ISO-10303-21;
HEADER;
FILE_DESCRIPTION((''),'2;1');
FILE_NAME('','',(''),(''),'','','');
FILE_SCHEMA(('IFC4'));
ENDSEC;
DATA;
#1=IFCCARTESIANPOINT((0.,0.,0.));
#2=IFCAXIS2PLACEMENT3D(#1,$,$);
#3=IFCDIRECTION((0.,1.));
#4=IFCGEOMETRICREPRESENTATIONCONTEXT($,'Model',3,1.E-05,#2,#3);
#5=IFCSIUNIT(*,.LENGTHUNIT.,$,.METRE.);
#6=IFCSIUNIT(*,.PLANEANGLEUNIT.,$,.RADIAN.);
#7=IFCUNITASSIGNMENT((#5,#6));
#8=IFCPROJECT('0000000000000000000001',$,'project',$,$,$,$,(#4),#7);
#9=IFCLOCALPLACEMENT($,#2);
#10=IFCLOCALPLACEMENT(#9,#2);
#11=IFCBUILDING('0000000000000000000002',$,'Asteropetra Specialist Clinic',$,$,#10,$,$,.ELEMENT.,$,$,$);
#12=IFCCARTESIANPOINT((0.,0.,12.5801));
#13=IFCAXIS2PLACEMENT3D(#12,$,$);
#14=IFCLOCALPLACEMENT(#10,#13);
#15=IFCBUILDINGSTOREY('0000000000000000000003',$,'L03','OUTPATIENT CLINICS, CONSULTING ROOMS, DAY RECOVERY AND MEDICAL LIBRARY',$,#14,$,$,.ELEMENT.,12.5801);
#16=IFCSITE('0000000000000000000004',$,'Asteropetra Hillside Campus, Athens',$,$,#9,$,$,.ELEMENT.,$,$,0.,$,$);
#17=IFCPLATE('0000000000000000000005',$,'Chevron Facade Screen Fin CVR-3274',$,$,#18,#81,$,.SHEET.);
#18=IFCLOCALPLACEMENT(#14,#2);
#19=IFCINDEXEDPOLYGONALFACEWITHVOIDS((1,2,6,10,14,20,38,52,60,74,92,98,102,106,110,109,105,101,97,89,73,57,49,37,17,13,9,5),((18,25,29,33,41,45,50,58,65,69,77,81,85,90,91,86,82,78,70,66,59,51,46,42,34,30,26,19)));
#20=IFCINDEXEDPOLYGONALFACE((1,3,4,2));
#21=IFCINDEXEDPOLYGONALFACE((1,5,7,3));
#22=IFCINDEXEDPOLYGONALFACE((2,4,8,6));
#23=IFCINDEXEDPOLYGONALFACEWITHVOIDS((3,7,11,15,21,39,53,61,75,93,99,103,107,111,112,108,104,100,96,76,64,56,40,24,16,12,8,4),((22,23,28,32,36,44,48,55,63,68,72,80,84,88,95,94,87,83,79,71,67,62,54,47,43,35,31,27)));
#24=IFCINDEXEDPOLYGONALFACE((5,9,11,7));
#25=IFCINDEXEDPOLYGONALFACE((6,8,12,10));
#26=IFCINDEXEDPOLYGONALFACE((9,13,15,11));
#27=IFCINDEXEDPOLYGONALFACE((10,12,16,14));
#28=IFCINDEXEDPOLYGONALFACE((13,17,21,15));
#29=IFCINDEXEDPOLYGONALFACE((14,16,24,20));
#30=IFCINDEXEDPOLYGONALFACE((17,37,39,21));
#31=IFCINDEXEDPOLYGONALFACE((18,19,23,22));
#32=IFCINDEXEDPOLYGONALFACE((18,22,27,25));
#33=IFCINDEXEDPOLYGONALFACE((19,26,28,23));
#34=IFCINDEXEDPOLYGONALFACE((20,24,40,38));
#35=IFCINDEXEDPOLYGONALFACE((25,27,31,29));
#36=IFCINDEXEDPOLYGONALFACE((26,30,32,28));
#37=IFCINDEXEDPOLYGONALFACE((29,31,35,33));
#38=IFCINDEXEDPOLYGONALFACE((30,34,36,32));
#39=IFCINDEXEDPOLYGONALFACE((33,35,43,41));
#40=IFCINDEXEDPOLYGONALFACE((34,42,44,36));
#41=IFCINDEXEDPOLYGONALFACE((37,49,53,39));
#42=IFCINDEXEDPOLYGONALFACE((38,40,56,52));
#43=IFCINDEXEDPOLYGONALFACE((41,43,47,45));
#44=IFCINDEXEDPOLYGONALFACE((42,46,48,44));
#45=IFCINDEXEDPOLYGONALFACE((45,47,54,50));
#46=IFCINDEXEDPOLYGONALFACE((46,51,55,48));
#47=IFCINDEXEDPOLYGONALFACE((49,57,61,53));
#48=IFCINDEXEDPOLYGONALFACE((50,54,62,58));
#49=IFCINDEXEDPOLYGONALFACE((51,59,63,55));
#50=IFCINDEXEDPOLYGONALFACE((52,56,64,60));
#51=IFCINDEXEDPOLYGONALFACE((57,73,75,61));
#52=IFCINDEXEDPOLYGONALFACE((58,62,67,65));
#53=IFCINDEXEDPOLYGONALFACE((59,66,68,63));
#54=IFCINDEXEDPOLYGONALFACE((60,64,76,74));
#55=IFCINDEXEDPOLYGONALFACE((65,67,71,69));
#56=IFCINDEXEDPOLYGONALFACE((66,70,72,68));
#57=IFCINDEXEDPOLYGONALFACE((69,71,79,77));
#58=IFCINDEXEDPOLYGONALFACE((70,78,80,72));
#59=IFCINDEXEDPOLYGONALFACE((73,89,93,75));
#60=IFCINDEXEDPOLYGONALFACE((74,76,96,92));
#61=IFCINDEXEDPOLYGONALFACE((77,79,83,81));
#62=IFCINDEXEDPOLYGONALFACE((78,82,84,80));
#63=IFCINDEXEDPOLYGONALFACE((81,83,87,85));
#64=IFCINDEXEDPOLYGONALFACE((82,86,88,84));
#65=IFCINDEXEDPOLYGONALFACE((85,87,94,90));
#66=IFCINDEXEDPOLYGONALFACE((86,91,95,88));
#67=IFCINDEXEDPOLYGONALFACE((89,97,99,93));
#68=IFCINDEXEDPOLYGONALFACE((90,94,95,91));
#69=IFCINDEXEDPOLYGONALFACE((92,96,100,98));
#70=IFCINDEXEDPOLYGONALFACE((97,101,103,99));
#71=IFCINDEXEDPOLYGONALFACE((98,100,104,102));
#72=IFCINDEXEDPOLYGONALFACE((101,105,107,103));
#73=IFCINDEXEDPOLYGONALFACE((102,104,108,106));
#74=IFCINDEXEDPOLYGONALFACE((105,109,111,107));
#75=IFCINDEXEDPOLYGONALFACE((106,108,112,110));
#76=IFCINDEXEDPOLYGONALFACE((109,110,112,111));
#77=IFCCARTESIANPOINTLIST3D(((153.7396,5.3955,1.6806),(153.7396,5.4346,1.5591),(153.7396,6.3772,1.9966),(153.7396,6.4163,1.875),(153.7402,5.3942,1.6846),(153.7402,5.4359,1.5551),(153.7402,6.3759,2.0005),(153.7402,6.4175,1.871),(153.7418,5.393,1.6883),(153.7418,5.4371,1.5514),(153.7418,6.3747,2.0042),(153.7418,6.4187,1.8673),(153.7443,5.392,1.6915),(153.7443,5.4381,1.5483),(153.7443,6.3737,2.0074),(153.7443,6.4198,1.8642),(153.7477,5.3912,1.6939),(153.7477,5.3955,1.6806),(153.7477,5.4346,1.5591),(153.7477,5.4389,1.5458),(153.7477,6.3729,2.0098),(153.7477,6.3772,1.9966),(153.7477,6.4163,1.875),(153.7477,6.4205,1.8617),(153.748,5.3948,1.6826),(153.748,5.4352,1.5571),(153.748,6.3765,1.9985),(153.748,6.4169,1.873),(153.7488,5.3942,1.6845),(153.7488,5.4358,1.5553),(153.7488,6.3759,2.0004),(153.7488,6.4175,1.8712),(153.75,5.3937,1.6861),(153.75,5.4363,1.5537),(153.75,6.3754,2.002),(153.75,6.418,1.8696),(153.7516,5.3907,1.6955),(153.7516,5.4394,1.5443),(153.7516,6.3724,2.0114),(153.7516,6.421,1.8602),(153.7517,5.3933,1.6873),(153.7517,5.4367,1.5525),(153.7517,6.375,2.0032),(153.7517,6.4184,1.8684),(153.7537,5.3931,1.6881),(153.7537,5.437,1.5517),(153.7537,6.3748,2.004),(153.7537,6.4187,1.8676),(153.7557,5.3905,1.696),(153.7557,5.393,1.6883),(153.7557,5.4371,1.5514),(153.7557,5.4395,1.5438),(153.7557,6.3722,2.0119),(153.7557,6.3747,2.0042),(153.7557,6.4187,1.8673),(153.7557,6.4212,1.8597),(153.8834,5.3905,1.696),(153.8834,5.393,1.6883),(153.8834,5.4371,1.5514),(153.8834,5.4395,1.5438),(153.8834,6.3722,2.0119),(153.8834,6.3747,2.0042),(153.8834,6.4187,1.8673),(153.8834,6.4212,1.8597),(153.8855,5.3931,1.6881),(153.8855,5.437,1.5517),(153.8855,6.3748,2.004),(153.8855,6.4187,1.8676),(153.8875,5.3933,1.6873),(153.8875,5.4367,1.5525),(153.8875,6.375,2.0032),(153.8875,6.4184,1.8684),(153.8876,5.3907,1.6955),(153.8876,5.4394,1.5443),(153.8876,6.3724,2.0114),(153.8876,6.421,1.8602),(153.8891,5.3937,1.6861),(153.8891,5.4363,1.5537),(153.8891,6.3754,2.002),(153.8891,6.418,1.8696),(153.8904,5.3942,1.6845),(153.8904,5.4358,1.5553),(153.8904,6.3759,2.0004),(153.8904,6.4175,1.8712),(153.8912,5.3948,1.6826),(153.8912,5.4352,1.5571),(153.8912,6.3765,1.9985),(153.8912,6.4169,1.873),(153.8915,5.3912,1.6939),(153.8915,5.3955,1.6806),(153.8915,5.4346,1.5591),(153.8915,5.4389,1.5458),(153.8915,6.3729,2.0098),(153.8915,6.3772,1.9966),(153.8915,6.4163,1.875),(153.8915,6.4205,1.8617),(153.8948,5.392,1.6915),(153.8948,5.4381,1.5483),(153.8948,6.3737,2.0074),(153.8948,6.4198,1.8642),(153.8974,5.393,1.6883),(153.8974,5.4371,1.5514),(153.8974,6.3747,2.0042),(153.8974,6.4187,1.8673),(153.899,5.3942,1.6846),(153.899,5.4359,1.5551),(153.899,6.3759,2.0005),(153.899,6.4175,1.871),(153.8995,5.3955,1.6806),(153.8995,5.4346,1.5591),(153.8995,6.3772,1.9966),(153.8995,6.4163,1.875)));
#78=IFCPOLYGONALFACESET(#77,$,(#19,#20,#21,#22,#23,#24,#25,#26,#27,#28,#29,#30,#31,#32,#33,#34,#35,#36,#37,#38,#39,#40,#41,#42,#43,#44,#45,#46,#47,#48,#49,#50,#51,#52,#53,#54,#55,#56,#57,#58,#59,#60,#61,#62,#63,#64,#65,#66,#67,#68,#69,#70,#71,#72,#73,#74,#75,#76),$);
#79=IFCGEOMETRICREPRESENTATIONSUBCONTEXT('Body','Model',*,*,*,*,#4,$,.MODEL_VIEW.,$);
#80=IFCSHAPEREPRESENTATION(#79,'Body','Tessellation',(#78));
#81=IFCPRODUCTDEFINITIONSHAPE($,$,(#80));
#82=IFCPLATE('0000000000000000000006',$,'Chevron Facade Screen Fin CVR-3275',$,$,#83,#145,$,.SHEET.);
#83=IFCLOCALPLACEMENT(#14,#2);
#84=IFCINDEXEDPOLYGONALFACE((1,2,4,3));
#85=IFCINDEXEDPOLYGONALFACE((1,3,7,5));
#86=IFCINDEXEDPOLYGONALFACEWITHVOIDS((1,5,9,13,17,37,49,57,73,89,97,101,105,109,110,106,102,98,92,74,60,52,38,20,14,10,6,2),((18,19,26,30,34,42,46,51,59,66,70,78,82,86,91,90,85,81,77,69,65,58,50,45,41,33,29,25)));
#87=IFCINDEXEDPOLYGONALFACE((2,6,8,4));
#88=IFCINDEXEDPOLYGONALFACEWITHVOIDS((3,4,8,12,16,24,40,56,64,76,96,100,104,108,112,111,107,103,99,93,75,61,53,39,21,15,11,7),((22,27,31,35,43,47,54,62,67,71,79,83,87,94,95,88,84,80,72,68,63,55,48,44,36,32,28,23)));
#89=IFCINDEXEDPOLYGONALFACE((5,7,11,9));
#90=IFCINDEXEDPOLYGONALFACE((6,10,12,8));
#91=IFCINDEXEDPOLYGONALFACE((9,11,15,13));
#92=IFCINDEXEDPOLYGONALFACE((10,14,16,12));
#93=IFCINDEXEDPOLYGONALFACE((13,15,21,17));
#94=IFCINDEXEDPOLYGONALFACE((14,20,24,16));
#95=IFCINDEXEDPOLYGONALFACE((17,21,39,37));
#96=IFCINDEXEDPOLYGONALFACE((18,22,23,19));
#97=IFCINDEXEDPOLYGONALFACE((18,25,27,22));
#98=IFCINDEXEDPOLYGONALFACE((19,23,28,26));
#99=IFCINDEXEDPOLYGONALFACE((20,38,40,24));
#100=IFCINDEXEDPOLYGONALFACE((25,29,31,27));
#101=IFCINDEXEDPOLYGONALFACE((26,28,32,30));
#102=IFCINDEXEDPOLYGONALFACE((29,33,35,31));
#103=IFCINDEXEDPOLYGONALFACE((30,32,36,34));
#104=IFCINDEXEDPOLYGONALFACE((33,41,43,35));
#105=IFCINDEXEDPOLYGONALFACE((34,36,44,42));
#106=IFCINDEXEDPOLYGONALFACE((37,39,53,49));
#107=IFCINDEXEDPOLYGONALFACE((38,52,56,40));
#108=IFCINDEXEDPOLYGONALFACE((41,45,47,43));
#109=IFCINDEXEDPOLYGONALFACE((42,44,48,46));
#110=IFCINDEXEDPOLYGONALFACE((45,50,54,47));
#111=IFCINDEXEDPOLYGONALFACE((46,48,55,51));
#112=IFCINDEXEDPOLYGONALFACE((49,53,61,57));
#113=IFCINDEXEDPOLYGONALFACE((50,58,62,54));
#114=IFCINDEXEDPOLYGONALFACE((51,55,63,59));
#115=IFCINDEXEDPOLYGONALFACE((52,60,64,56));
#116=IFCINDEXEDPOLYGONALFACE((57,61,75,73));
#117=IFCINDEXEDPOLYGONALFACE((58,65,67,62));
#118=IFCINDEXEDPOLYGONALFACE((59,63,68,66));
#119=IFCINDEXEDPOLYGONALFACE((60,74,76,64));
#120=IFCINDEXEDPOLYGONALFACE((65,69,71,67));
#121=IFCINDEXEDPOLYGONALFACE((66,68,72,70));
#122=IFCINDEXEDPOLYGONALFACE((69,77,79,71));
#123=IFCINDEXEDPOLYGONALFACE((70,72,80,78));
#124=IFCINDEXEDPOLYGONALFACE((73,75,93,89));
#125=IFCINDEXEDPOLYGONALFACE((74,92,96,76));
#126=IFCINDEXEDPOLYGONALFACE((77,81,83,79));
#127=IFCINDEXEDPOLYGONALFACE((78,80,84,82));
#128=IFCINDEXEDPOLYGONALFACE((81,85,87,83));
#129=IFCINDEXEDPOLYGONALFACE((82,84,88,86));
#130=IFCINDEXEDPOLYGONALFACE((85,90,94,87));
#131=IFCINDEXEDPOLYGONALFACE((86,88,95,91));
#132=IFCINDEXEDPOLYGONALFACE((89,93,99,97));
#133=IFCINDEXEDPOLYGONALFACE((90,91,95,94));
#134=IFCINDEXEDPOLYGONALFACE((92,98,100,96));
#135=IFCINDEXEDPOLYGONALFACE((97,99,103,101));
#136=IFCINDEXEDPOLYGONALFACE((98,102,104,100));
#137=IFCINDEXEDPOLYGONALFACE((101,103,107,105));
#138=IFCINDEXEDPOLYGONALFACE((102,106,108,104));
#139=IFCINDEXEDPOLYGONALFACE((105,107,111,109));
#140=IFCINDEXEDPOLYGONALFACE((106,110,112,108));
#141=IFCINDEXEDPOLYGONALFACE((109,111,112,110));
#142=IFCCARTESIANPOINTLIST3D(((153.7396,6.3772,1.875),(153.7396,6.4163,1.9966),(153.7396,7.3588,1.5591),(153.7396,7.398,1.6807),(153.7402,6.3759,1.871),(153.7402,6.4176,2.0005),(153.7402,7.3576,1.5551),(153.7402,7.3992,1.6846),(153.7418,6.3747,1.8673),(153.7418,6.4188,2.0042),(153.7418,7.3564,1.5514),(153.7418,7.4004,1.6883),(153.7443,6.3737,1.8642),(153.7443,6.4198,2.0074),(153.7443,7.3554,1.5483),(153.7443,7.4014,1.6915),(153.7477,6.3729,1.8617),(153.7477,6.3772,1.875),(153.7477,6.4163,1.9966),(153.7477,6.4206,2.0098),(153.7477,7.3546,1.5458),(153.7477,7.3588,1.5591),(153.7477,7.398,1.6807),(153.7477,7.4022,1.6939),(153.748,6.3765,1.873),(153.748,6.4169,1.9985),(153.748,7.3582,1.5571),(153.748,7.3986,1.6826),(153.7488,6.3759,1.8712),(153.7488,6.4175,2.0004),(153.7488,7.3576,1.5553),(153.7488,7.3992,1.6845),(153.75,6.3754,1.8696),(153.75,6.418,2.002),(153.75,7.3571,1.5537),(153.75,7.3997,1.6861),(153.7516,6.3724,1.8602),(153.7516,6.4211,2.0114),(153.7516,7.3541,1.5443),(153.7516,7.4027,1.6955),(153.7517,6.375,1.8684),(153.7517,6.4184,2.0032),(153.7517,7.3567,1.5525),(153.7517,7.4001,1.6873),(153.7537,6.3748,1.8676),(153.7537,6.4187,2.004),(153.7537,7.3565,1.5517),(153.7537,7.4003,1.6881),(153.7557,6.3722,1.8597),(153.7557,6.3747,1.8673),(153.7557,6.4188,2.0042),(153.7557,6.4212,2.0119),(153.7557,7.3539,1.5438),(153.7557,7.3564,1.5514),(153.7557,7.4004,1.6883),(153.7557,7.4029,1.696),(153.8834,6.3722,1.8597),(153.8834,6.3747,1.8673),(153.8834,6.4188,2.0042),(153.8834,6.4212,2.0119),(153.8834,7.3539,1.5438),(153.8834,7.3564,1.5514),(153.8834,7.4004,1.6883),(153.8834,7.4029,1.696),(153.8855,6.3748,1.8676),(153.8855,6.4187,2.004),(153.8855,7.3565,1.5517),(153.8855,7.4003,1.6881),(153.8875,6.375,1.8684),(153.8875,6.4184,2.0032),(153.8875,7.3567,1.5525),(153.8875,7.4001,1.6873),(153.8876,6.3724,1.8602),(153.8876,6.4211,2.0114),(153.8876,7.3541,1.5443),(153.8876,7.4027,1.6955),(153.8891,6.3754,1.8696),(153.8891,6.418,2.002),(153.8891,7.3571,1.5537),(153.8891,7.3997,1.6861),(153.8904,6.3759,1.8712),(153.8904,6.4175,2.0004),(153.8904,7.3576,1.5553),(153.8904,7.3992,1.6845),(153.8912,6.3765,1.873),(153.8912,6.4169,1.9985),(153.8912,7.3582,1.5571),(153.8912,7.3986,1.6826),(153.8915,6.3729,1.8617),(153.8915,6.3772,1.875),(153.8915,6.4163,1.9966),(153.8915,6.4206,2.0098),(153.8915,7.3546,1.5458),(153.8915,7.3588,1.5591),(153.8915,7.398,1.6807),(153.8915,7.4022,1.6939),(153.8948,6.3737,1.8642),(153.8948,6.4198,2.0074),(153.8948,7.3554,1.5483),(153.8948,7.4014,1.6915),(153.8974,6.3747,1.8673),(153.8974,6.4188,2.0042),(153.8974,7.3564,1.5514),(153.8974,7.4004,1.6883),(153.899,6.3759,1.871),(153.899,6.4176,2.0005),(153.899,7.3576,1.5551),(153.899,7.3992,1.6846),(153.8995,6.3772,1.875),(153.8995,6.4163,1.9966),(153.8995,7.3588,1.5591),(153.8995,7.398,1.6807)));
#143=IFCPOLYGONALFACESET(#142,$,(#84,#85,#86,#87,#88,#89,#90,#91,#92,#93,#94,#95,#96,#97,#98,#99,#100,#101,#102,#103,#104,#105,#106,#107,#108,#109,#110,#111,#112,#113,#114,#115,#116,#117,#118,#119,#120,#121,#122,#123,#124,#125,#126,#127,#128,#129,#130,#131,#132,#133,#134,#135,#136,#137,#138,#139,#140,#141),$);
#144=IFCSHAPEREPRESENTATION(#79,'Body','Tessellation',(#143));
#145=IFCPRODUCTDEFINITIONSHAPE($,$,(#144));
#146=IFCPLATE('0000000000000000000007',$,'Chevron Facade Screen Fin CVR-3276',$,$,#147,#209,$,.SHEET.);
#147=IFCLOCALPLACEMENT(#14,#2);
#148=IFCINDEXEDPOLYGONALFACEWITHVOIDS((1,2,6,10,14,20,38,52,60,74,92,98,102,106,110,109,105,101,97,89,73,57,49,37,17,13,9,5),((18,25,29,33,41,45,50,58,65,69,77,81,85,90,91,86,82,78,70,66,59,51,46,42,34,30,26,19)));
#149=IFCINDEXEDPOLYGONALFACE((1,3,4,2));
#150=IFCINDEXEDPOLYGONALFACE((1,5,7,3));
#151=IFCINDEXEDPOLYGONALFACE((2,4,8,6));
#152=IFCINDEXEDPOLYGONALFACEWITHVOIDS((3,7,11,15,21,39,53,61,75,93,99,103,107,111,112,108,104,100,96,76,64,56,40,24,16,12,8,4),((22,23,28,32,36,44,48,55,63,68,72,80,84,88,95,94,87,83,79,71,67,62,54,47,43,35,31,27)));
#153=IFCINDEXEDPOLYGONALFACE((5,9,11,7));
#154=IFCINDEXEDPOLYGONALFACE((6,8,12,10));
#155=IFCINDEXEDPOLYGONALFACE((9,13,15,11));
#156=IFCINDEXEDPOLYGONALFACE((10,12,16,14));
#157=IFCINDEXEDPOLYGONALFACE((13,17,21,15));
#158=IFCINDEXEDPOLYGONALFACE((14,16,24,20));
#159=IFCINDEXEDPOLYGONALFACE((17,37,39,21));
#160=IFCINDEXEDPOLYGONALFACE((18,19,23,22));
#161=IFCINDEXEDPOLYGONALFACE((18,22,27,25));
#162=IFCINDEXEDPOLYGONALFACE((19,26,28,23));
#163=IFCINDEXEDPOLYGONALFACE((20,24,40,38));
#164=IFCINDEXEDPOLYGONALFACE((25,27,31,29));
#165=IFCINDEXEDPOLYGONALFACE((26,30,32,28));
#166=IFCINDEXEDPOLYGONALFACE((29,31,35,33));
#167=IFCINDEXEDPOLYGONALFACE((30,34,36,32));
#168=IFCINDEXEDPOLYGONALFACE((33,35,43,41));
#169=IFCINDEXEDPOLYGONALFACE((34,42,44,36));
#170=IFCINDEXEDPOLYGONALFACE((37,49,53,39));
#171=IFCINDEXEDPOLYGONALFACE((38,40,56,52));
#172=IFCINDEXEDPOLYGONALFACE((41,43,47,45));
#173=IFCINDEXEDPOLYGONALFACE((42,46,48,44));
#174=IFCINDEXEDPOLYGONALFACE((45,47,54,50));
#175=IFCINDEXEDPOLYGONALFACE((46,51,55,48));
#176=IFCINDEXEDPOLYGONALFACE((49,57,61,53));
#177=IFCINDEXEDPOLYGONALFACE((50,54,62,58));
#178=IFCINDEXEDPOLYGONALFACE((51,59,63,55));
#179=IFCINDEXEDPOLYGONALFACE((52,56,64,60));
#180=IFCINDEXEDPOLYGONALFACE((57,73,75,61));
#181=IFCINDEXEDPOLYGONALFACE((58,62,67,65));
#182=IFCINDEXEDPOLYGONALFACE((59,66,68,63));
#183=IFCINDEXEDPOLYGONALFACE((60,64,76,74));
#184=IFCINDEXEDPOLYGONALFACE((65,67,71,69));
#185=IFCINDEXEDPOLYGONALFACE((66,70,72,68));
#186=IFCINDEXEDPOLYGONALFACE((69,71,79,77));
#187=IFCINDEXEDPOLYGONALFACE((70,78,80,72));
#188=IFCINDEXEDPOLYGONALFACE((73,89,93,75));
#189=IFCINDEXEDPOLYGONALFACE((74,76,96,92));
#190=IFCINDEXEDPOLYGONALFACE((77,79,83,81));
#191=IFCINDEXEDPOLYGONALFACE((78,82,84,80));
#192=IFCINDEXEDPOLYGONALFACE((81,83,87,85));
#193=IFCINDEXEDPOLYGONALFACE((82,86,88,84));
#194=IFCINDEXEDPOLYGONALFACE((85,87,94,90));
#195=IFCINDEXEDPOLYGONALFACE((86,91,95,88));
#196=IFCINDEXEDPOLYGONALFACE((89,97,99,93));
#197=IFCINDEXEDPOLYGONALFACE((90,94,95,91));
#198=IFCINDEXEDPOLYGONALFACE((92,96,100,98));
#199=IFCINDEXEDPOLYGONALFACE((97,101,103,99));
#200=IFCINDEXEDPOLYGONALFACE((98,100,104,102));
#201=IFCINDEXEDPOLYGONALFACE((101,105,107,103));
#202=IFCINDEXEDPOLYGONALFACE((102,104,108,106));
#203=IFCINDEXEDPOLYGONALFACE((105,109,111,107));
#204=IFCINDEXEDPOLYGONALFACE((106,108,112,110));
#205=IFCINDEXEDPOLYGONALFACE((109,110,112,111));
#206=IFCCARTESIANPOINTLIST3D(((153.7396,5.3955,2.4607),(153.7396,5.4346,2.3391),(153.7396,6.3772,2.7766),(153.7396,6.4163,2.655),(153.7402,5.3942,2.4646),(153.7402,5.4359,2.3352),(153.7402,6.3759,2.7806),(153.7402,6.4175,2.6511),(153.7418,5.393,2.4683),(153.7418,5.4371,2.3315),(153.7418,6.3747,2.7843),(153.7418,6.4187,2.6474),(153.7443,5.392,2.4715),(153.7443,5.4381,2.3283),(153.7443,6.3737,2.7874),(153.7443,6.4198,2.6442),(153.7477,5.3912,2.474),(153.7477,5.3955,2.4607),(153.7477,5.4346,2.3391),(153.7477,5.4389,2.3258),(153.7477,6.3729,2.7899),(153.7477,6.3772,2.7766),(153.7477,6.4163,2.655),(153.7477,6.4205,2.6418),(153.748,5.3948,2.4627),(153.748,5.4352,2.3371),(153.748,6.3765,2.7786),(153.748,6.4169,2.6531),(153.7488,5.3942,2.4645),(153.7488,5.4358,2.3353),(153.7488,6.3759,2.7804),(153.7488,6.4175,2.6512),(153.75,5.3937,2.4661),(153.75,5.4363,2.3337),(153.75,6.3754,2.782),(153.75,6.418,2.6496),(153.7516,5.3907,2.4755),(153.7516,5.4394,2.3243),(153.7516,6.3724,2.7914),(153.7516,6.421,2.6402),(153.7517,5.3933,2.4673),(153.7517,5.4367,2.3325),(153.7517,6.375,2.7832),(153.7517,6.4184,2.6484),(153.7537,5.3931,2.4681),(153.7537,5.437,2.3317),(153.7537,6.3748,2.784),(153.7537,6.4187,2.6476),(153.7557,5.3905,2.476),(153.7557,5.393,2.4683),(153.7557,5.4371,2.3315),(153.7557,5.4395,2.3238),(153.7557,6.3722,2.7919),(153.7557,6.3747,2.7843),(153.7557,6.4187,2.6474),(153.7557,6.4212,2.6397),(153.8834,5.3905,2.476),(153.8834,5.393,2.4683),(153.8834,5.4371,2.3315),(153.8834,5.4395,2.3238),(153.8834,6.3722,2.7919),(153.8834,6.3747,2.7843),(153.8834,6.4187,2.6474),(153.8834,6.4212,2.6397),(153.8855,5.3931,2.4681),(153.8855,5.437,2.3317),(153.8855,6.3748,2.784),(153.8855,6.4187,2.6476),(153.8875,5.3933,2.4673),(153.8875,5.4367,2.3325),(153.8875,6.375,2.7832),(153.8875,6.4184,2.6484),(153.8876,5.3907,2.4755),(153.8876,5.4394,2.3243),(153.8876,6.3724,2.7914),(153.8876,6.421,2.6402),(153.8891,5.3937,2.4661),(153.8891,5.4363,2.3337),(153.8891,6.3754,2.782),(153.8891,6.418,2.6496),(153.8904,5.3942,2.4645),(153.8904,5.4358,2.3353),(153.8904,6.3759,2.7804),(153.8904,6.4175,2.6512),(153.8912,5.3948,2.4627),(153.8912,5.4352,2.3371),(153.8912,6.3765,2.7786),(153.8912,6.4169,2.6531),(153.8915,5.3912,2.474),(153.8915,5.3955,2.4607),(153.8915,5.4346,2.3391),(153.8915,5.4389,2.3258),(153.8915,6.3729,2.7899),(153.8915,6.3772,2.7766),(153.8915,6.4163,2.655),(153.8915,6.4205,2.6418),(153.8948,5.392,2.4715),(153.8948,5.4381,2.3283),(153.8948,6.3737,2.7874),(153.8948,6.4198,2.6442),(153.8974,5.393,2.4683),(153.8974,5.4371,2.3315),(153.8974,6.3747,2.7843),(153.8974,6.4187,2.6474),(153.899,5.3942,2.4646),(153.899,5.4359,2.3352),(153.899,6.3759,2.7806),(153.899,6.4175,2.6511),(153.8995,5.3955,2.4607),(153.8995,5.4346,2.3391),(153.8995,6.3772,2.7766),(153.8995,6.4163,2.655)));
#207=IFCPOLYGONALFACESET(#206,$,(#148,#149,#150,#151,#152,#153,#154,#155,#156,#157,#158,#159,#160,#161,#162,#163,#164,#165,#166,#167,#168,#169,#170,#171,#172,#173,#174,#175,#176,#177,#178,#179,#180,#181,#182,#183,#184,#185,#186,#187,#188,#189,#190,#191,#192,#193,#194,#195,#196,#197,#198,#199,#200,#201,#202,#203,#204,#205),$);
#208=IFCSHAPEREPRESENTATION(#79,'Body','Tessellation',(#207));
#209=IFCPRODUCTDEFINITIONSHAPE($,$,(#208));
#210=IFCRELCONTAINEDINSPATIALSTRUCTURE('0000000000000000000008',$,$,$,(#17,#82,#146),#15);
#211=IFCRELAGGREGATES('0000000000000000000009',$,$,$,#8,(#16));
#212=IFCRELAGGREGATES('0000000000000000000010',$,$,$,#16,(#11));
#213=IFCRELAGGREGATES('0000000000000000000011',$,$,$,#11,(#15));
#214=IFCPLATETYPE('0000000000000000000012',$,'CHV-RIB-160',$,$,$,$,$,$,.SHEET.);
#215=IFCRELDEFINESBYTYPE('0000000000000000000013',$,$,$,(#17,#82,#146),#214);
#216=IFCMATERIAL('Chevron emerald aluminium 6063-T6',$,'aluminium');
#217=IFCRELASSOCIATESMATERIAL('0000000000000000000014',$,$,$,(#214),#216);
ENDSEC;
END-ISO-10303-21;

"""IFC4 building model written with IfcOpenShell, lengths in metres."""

from ifc_helpers import new_model, si_unit, direction, frame, origin, origin_2d, place, context, subcontext, project, spatial, hollow_rectangle, extrude, material, material_profile, profile_set, type_object, element, save


model = new_model("IFC4")

# Units and contexts
model_context = context("Model", 3, precision=1e-05, world=origin(), true_north=direction((0.0, 1.0)))
body_context = subcontext(model_context, "Body", "Model", "MODEL_VIEW")
ifc_project = project(units=[si_unit("LENGTHUNIT", "METRE"), si_unit("PLANEANGLEUNIT", "RADIAN")], contexts=[model_context])

# Site, building, storey
site_placement = place(None, origin())
site = spatial("IfcSite", under=ifc_project, at=site_placement, Name="Asteropetra Hillside Campus, Athens", CompositionType="ELEMENT", RefElevation=0.0)
building_placement = place(site_placement, origin())
building = spatial("IfcBuilding", under=site, at=building_placement, Name="Asteropetra Specialist Clinic", CompositionType="ELEMENT")
storey_placement = place(building_placement, frame((0.0, 0.0, 12.5801)))
storey = spatial("IfcBuildingStorey", under=building, at=storey_placement, Name="L03", Description="OUTPATIENT CLINICS, CONSULTING ROOMS, DAY RECOVERY AND MEDICAL LIBRARY", CompositionType="ELEMENT", Elevation=12.5801)

# Plates
ifc_material_1 = material(Name="Chevron emerald aluminium 6063-T6", Category="aluminium")
ifc_material_profile_1 = material_profile(ifc_material_1, hollow_rectangle(XDim=0.1599, YDim=0.1599, WallThickness=0.0081, InnerFilletRadius=0.0081, OuterFilletRadius=0.0161, at=origin_2d()), Name="SHS 160x160x8.0")
ifc_profile_set_1 = profile_set([ifc_material_profile_1], Name="Chevron emerald aluminium 6063-T6")
plate_type = type_object("IfcPlateType", Name="CHV-RIB-160", PredefinedType="SHEET", material=ifc_profile_set_1)
for number, where, z_axis, x_axis, name in (
    (1, (153.8196, 5.415, 1.6199), (0.0, 0.951923, 0.306339), (-1.0, 0.0, 0.0), "Chevron Facade Screen Fin CVR-3274"),
    (2, (153.8196, 6.3967, 1.9358), (0.0, 0.951923, -0.306339), (-1.0, 0.0, 0.0), "Chevron Facade Screen Fin CVR-3275"),
    (3, (153.8196, 5.415, 2.3999), (0.0, 0.951923, 0.306339), (-1.0, 0.0, 0.0), "Chevron Facade Screen Fin CVR-3276"),
):
    element("IfcPlate", number, at=place(storey_placement, frame(where, z_axis=z_axis, x_axis=x_axis)), inside=storey, type_object=plate_type, Name=name, PredefinedType="SHEET", context=body_context, shape_type="SweptSolid", body=[
        extrude(hollow_rectangle(XDim=0.1599, YDim=0.1599, WallThickness=0.0081, InnerFilletRadius=0.0081, OuterFilletRadius=0.0161, at=origin_2d()), origin(), (0.0, 0.0, 1.0), 1.0312),
    ])

save(model, "model.ifc")
